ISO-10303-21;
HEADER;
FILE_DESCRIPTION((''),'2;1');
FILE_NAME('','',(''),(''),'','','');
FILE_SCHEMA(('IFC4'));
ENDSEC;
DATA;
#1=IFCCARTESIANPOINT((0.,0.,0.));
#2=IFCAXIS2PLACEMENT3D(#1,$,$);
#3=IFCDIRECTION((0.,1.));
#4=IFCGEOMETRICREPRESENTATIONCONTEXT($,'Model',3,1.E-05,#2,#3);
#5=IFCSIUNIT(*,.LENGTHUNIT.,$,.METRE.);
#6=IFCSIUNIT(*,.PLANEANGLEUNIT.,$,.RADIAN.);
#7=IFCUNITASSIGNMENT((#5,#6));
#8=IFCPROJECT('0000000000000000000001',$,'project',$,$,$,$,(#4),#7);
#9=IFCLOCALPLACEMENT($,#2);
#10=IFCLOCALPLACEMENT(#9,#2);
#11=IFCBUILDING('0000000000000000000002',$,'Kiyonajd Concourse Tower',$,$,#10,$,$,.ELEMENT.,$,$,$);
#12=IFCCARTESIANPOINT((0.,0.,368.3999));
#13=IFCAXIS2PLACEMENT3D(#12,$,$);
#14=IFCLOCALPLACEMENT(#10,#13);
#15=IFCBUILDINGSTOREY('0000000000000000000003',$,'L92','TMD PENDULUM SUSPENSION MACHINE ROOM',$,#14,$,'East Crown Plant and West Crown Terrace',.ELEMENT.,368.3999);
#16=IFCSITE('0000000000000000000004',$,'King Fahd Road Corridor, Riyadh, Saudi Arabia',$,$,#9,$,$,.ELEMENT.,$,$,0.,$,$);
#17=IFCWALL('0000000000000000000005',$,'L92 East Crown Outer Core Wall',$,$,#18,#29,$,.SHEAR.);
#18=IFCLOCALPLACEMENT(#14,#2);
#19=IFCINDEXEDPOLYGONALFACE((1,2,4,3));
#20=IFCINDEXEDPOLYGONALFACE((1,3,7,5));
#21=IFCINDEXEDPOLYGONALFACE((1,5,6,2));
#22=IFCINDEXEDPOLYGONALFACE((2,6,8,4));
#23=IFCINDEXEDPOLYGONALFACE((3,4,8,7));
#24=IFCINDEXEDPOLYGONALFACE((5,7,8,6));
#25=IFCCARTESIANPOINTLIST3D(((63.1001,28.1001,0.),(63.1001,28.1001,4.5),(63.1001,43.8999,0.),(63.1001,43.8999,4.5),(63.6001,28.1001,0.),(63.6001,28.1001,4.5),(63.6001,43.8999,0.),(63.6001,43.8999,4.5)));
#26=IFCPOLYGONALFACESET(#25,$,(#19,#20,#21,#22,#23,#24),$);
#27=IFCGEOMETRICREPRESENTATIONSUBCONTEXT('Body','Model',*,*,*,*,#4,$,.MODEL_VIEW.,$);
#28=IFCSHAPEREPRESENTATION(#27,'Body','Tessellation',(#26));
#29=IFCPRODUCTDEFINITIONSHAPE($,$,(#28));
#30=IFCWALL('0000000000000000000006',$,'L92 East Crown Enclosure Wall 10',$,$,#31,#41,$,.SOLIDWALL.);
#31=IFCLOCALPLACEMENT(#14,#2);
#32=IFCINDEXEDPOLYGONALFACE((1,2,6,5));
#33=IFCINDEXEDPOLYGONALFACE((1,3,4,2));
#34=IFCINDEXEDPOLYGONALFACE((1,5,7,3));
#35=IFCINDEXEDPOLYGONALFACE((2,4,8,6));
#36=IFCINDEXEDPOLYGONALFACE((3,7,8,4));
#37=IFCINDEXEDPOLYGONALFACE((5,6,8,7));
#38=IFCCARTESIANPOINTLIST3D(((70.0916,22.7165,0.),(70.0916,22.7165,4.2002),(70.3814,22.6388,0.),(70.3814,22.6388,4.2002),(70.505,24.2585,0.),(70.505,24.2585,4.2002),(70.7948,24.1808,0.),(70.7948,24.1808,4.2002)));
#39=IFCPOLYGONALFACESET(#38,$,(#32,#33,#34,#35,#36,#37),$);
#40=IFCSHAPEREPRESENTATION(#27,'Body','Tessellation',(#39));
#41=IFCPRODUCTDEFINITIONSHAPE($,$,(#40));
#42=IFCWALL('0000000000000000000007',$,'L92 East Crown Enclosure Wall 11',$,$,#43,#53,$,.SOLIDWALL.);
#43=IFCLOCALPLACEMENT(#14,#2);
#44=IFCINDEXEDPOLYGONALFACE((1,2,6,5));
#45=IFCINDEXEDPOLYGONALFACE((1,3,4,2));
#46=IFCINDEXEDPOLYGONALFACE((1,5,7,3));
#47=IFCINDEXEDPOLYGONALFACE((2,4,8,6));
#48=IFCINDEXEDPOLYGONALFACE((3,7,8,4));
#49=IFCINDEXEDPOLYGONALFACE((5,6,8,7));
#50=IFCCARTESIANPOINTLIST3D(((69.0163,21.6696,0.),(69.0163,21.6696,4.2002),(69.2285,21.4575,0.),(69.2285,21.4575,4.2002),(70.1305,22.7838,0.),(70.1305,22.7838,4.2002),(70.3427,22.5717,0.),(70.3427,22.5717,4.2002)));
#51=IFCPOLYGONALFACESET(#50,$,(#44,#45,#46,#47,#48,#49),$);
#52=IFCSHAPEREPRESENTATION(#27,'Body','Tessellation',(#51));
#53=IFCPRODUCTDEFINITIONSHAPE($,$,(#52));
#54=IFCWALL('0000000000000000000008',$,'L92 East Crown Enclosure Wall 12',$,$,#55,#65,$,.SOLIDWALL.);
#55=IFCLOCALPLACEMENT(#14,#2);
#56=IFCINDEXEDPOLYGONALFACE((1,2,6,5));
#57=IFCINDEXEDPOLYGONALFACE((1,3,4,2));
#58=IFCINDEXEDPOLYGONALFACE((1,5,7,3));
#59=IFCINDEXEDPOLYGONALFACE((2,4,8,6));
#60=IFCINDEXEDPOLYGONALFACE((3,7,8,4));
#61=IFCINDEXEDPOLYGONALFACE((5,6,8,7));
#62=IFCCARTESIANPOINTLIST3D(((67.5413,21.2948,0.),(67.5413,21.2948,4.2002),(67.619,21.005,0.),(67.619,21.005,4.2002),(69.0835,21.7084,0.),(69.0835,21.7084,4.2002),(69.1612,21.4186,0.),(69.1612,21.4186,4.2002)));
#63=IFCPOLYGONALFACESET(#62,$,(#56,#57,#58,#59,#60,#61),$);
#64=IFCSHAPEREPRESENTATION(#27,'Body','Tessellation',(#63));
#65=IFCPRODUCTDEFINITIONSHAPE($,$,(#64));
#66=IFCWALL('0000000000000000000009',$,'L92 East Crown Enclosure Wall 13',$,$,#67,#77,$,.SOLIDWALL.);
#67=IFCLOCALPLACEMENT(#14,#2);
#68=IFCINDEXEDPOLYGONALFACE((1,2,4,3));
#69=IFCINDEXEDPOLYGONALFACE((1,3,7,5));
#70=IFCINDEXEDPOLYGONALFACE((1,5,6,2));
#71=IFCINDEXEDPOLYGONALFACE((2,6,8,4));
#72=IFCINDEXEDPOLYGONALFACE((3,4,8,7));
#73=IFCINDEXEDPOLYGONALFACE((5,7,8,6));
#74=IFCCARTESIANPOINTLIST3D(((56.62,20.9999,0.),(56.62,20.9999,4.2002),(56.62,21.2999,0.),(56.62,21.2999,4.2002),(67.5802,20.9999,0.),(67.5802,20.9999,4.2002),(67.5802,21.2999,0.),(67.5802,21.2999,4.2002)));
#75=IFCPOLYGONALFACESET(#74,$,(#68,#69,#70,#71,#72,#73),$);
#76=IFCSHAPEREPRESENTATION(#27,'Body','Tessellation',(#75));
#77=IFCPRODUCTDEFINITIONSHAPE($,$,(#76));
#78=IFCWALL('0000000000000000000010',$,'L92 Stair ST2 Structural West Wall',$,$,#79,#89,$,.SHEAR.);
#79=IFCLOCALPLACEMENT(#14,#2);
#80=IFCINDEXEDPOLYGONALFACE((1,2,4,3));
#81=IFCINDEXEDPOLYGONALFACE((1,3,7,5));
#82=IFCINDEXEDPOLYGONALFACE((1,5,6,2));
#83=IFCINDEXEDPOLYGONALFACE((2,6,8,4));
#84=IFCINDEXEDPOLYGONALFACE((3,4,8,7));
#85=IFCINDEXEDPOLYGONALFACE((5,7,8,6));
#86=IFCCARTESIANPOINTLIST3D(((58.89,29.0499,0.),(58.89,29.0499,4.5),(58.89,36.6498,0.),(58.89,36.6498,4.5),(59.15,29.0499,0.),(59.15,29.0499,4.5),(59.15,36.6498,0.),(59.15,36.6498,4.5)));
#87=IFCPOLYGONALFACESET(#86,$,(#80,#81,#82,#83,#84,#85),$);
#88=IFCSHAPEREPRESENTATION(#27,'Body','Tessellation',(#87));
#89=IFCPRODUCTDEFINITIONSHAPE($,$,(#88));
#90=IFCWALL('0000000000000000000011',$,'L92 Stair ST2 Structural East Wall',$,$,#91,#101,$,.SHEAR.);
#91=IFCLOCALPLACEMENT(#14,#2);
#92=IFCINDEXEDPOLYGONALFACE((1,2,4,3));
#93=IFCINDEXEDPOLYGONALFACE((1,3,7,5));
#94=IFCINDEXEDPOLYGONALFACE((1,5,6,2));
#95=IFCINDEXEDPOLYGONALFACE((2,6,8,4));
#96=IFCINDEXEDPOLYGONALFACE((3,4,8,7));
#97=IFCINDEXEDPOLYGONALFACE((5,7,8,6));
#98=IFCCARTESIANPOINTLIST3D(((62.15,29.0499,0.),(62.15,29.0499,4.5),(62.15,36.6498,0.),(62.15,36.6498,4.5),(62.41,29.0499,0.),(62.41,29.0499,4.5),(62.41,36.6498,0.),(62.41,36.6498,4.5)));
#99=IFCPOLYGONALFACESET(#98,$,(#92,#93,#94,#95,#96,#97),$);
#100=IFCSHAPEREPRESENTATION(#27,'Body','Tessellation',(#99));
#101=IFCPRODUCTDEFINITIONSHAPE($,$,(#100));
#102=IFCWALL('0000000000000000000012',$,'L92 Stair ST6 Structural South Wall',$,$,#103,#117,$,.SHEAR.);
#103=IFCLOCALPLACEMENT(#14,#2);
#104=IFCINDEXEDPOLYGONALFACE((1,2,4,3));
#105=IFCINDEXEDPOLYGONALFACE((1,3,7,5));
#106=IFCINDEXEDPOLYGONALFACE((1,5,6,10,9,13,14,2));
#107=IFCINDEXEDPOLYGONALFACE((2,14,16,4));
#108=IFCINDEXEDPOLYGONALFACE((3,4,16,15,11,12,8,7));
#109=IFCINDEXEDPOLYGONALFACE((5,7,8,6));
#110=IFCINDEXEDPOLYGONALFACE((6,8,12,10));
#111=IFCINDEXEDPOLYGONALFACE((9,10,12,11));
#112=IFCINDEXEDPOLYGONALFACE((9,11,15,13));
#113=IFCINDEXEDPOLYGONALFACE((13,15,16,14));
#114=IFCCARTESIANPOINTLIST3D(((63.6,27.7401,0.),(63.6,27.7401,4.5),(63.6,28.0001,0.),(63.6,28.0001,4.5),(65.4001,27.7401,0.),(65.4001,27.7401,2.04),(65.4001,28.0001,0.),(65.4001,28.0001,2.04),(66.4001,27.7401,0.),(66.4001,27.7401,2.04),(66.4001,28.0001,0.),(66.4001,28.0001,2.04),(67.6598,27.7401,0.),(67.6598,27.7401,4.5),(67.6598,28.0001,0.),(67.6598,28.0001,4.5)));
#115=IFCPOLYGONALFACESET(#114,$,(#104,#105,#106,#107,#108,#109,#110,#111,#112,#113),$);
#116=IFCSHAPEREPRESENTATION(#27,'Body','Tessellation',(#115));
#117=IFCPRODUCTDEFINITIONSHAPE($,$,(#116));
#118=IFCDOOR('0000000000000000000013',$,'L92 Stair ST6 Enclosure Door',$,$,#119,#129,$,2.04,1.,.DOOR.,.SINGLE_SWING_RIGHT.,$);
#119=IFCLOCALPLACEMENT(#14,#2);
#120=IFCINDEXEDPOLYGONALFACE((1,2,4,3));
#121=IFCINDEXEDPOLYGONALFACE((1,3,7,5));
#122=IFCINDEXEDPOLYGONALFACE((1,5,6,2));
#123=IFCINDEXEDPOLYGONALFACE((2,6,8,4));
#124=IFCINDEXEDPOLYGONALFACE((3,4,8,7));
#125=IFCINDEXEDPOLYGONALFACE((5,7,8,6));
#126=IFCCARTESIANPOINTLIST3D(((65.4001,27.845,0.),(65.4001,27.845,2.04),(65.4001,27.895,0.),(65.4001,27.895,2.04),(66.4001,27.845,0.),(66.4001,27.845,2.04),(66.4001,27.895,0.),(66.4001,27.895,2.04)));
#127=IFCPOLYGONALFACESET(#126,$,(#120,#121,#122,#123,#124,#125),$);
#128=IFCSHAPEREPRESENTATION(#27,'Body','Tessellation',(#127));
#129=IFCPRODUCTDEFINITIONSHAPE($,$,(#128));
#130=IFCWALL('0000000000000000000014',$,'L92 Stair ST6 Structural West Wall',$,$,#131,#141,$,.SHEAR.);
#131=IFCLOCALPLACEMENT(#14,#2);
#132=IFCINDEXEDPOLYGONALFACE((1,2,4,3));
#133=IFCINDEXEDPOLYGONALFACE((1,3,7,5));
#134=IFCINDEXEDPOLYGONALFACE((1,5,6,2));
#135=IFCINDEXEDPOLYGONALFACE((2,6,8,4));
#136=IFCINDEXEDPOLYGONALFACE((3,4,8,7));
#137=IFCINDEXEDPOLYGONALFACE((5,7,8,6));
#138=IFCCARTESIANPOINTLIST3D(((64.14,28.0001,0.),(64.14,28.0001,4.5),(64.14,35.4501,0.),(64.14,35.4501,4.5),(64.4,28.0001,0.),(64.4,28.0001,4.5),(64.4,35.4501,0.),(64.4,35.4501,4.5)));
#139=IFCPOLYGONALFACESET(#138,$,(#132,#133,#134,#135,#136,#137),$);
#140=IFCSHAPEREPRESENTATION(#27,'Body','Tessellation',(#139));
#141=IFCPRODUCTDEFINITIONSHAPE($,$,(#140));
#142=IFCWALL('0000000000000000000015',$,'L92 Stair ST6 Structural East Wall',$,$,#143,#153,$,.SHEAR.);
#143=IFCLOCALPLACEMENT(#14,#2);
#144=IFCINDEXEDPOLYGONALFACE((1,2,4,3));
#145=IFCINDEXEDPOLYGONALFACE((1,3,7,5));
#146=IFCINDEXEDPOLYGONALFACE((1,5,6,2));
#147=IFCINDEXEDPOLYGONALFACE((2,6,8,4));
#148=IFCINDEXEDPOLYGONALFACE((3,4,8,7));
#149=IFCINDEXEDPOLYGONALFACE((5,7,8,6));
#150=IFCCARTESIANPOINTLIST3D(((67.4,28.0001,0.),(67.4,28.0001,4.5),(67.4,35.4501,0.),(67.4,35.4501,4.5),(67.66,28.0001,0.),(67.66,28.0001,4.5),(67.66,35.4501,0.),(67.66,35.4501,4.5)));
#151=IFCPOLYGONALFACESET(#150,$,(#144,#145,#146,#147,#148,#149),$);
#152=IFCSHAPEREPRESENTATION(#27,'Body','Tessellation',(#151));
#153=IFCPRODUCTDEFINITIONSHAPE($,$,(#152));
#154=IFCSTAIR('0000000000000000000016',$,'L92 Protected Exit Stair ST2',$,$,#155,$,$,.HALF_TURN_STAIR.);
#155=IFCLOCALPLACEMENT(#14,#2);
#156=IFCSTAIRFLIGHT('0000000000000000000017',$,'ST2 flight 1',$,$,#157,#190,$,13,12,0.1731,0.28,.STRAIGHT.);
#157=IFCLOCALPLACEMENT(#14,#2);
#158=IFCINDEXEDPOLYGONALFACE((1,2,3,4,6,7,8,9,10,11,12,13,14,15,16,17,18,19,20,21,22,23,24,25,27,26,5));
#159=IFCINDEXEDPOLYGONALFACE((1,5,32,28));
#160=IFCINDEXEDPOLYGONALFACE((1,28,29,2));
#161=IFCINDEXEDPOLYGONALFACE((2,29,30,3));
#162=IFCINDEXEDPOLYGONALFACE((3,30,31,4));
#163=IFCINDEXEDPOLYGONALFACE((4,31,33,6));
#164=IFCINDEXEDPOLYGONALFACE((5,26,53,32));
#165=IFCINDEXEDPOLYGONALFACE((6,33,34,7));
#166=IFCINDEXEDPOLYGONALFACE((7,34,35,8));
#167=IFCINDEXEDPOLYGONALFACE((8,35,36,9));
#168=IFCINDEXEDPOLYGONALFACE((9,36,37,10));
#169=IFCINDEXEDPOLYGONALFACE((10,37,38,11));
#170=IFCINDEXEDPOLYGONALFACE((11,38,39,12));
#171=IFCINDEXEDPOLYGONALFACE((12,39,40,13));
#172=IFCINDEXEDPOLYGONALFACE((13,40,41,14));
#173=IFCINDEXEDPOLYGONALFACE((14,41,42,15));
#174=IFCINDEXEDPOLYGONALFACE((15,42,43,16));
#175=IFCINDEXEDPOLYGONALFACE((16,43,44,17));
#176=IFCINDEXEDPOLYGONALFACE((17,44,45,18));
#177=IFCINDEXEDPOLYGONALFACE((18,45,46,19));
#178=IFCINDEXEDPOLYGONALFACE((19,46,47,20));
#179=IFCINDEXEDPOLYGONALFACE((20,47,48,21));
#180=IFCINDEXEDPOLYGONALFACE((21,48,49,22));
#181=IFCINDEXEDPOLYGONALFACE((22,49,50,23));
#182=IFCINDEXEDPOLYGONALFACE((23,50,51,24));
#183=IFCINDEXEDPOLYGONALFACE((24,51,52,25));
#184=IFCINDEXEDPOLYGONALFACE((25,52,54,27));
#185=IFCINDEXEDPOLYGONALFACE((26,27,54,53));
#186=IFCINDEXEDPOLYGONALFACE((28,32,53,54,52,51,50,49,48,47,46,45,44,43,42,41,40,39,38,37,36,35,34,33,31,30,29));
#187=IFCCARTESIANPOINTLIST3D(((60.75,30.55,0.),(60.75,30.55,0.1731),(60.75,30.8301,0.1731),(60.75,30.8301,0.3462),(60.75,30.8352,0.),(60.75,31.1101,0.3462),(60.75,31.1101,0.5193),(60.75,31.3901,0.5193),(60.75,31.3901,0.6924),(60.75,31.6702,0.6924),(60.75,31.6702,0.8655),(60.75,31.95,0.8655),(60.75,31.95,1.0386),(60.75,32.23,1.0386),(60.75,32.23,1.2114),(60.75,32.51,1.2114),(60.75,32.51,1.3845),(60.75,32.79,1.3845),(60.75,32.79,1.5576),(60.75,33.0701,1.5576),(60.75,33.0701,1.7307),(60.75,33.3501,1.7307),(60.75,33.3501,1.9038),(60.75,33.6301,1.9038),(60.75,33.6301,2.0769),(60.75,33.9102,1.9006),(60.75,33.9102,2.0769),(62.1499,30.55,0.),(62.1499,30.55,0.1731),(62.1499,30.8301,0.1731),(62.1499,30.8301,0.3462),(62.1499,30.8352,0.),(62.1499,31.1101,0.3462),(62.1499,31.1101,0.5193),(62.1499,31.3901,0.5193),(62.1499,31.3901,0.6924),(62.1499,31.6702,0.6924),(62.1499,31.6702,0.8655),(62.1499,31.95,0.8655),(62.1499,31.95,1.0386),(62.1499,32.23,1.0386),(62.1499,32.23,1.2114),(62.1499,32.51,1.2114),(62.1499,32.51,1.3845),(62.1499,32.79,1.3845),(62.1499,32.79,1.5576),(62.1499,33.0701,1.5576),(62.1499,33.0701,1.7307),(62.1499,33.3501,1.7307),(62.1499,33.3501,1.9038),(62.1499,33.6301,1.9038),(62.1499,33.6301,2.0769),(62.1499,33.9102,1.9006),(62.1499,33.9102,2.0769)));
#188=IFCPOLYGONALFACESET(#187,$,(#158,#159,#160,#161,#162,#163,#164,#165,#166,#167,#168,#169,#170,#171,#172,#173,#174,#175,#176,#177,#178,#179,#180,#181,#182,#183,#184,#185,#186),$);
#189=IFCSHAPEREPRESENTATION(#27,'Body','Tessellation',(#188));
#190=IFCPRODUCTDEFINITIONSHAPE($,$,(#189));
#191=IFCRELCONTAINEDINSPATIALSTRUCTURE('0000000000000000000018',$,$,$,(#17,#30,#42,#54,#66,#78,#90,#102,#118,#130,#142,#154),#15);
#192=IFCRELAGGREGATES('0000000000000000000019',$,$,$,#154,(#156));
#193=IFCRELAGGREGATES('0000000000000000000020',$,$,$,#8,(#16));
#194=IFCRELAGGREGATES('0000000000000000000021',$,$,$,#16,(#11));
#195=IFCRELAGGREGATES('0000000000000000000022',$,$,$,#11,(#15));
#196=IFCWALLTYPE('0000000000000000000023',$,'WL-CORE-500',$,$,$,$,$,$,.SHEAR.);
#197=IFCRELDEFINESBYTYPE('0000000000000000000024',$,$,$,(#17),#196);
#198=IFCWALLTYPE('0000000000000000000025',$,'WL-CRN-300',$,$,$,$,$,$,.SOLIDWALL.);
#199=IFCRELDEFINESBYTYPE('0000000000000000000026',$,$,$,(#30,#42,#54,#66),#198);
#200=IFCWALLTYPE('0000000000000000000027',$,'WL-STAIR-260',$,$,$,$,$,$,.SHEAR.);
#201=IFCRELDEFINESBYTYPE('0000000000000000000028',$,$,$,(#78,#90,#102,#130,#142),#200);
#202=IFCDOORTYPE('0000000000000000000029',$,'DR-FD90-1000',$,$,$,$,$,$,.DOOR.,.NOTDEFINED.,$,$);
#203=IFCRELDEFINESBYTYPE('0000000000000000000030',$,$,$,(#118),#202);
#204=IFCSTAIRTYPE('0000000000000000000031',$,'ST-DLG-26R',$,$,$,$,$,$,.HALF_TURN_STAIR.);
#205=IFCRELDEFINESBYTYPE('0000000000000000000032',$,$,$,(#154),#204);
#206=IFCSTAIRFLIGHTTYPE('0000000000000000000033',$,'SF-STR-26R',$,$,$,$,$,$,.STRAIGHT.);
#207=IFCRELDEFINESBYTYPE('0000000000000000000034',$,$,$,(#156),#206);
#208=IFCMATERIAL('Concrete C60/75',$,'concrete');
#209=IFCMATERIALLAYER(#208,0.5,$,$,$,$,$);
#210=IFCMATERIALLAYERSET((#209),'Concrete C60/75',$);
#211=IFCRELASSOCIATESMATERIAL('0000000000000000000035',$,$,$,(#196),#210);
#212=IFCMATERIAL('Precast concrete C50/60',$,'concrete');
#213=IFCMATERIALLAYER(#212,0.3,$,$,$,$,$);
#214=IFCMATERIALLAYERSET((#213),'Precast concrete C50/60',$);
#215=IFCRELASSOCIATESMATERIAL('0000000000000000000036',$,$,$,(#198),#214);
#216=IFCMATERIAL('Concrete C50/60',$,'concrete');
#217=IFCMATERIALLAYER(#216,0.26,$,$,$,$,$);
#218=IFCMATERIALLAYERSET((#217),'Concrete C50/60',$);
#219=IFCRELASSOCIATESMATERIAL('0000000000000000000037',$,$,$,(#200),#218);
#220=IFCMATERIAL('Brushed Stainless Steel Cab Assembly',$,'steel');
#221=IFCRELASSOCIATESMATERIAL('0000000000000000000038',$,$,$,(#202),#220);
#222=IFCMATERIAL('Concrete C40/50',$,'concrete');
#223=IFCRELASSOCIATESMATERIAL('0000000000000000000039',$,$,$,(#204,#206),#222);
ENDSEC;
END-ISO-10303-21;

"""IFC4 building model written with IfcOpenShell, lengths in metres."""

from ifc_helpers import new_model, si_unit, direction, frame, frame_2d, origin, place, context, subcontext, project, spatial, polyline, rectangle, outline, extrude, material, layer, layer_set, type_object, element, fill, aggregate, save


model = new_model("IFC4")

# Units and contexts
model_context = context("Model", 3, precision=1e-05, world=origin(), true_north=direction((0.0, 1.0)))
body_context = subcontext(model_context, "Body", "Model", "MODEL_VIEW")
ifc_project = project(units=[si_unit("LENGTHUNIT", "METRE"), si_unit("PLANEANGLEUNIT", "RADIAN")], contexts=[model_context])

# Site, building, storey
site_placement = place(None, origin())
site = spatial("IfcSite", under=ifc_project, at=site_placement, Name="King Fahd Road Corridor, Riyadh, Saudi Arabia", CompositionType="ELEMENT", RefElevation=0.0)
building_placement = place(site_placement, origin())
building = spatial("IfcBuilding", under=site, at=building_placement, Name="Kiyonajd Concourse Tower", CompositionType="ELEMENT")
storey_placement = place(building_placement, frame((0.0, 0.0, 368.3999)))
storey = spatial("IfcBuildingStorey", under=building, at=storey_placement, Name="L92", Description="TMD PENDULUM SUSPENSION MACHINE ROOM", LongName="East Crown Plant and West Crown Terrace", CompositionType="ELEMENT", Elevation=368.3999)

# Shared definitions
ifc_material_1 = material(Name="Concrete C50/60", Category="concrete")

# Walls
ifc_material_2 = material(Name="Concrete C60/75", Category="concrete")
ifc_layer_1 = layer(ifc_material_2, 0.5)
ifc_layer_set_1 = layer_set([ifc_layer_1], Name="Concrete C60/75")
wall_type_1 = type_object("IfcWallType", Name="WL-CORE-500", PredefinedType="SHEAR", material=ifc_layer_set_1)
wall_1_placement = place(storey_placement, frame((63.3501, 28.1001, 0.0), z_axis=(0.0, 0.0, 1.0), x_axis=(0.0, 1.0, 0.0)))
element("IfcWall", 1, at=wall_1_placement, inside=storey, type_object=wall_type_1, Name="L92 East Crown Outer Core Wall", PredefinedType="SHEAR", context=body_context, shape_type="SweptSolid", body=[
    extrude(rectangle(XDim=15.7998, YDim=0.5, at=frame_2d((7.8999, 0.0))), origin(), (0.0, 0.0, 1.0), 4.5),
])
ifc_material_3 = material(Name="Precast concrete C50/60", Category="concrete")
ifc_layer_2 = layer(ifc_material_3, 0.3)
ifc_layer_set_2 = layer_set([ifc_layer_2], Name="Precast concrete C50/60")
wall_type_2 = type_object("IfcWallType", Name="WL-CRN-300", PredefinedType="SOLIDWALL", material=ifc_layer_set_2)
wall_2_placement = place(storey_placement, frame((70.6499, 24.2197, 0.0), z_axis=(0.0, 0.0, 1.0), x_axis=(-0.258909, -0.965902, 0.0)))
element("IfcWall", 2, at=wall_2_placement, inside=storey, type_object=wall_type_2, Name="L92 East Crown Enclosure Wall 10", PredefinedType="SOLIDWALL", context=body_context, shape_type="SweptSolid", body=[
    extrude(rectangle(XDim=1.5964, YDim=0.3, at=frame_2d((0.7983, 0.0))), origin(), (0.0, 0.0, 1.0), 4.2002),
])
wall_3_placement = place(storey_placement, frame((70.2366, 22.6777, 0.0), z_axis=(0.0, 0.0, 1.0), x_axis=(-0.707107, -0.707107, 0.0)))
element("IfcWall", 3, at=wall_3_placement, inside=storey, type_object=wall_type_2, Name="L92 East Crown Enclosure Wall 11", PredefinedType="SOLIDWALL", context=body_context, shape_type="SweptSolid", body=[
    extrude(rectangle(XDim=1.5757, YDim=0.3, at=frame_2d((0.7878, 0.0))), origin(), (0.0, 0.0, 1.0), 4.2002),
])
wall_4_placement = place(storey_placement, frame((69.1223, 21.5635, 0.0), z_axis=(0.0, 0.0, 1.0), x_axis=(-0.965874, -0.259014, 0.0)))
element("IfcWall", 4, at=wall_4_placement, inside=storey, type_object=wall_type_2, Name="L92 East Crown Enclosure Wall 12", PredefinedType="SOLIDWALL", context=body_context, shape_type="SweptSolid", body=[
    extrude(rectangle(XDim=1.5967, YDim=0.3, at=frame_2d((0.7983, 0.0))), origin(), (0.0, 0.0, 1.0), 4.2002),
])
wall_5_placement = place(storey_placement, frame((67.5801, 21.1499, 0.0), z_axis=(0.0, 0.0, 1.0), x_axis=(-1.0, 0.0, 0.0)))
element("IfcWall", 5, at=wall_5_placement, inside=storey, type_object=wall_type_2, Name="L92 East Crown Enclosure Wall 13", PredefinedType="SOLIDWALL", context=body_context, shape_type="SweptSolid", body=[
    extrude(rectangle(XDim=10.9602, YDim=0.3, at=frame_2d((5.48, 0.0))), origin(), (0.0, 0.0, 1.0), 4.2002),
])
ifc_layer_3 = layer(ifc_material_1, 0.26)
ifc_layer_set_3 = layer_set([ifc_layer_3], Name="Concrete C50/60")
wall_type_3 = type_object("IfcWallType", Name="WL-STAIR-260", PredefinedType="SHEAR", material=ifc_layer_set_3)
for number, where, z_axis, x_axis, name in (
    (6, (59.02, 29.05, 0.0), (0.0, 0.0, 1.0), (0.0, 1.0, 0.0), "L92 Stair ST2 Structural West Wall"),
    (7, (62.28, 29.05, 0.0), (0.0, 0.0, 1.0), (0.0, 1.0, 0.0), "L92 Stair ST2 Structural East Wall"),
):
    element("IfcWall", number, at=place(storey_placement, frame(where, z_axis=z_axis, x_axis=x_axis)), inside=storey, type_object=wall_type_3, Name=name, PredefinedType="SHEAR", context=body_context, shape_type="SweptSolid", body=[
        extrude(rectangle(XDim=7.5999, YDim=0.26, at=frame_2d((3.7998, 0.0))), origin(), (0.0, 0.0, 1.0), 4.5),
    ])

# Wall, opening, door
wall_6_placement = place(storey_placement, frame((63.6001, 27.8701, 0.0), z_axis=(0.0, 0.0, 1.0), x_axis=(1.0, 0.0, 0.0)))
wall_6 = element("IfcWall", 8, at=wall_6_placement, inside=storey, type_object=wall_type_3, Name="L92 Stair ST6 Structural South Wall", PredefinedType="SHEAR", context=body_context, shape_type="SweptSolid", body=[
    extrude(rectangle(XDim=4.0598, YDim=0.26, at=frame_2d((2.0298, 0.0))), origin(), (0.0, 0.0, 1.0), 4.5),
])
opening_placement = place(wall_6_placement, frame((1.8, 0.0, 0.0)))
opening = element("IfcOpeningElement", 9, at=opening_placement, cuts=wall_6, PredefinedType="OPENING", context=body_context, shape_type="SweptSolid", body=[
    extrude(rectangle(XDim=1.0, YDim=2.04, at=frame_2d((0.5, 1.02))), frame((0.0, 0.1399, 0.0), z_axis=(0.0, -1.0, 0.0), x_axis=(1.0, 0.0, 0.0)), (0.0, 0.0, 1.0), 0.28),
])
ifc_material_4 = material(Name="Brushed Stainless Steel Cab Assembly", Category="steel")
door_type = type_object("IfcDoorType", Name="DR-FD90-1000", OperationType="NOTDEFINED", PredefinedType="DOOR", material=ifc_material_4)
door_placement = place(opening_placement, origin())
door = element("IfcDoor", 10, at=door_placement, inside=storey, type_object=door_type, Name="L92 Stair ST6 Enclosure Door", OperationType="SINGLE_SWING_RIGHT", OverallHeight=2.04, OverallWidth=1.0, PredefinedType="DOOR", context=body_context, shape_type="SweptSolid", body=[
    extrude(rectangle(XDim=1.0, YDim=2.04, at=frame_2d((0.5, 1.02))), frame((0.0, 0.0249, 0.0), z_axis=(0.0, -1.0, 0.0), x_axis=(1.0, 0.0, 0.0)), (0.0, 0.0, 1.0), 0.05),
])
fill(opening, door)

# Walls
for number, where, z_axis, x_axis, name in (
    (11, (64.27, 28.0, 0.0), (0.0, 0.0, 1.0), (0.0, 1.0, 0.0), "L92 Stair ST6 Structural West Wall"),
    (12, (67.53, 28.0, 0.0), (0.0, 0.0, 1.0), (0.0, 1.0, 0.0), "L92 Stair ST6 Structural East Wall"),
):
    element("IfcWall", number, at=place(storey_placement, frame(where, z_axis=z_axis, x_axis=x_axis)), inside=storey, type_object=wall_type_3, Name=name, PredefinedType="SHEAR", context=body_context, shape_type="SweptSolid", body=[
        extrude(rectangle(XDim=7.45, YDim=0.26, at=frame_2d((3.7251, 0.0))), origin(), (0.0, 0.0, 1.0), 4.5),
    ])

# Stair, stair flight
ifc_material_5 = material(Name="Concrete C40/50", Category="concrete")
stair_type = type_object("IfcStairType", Name="ST-DLG-26R", PredefinedType="HALF_TURN_STAIR", material=ifc_material_5)
stair_1_placement = place(storey_placement, origin())
stair_1 = element("IfcStair", 13, at=stair_1_placement, inside=storey, type_object=stair_type, Name="L92 Protected Exit Stair ST2", PredefinedType="HALF_TURN_STAIR")
stair_flight_type = type_object("IfcStairFlightType", Name="SF-STR-26R", PredefinedType="STRAIGHT", material=ifc_material_5)
stair_flight_1_placement = place(storey_placement, frame((61.45, 30.55, 0.0), z_axis=(0.0, 0.0, 1.0), x_axis=(0.0, 1.0, 0.0)))
stair_flight_1 = element("IfcStairFlight", 14, at=stair_flight_1_placement, type_object=stair_flight_type, Name="ST2 flight 1", NumberOfRisers=13, NumberOfTreads=12, PredefinedType="STRAIGHT", RiserHeight=0.1731, TreadLength=0.28, context=body_context, shape_type="SweptSolid", body=[
    extrude(outline(polyline([(0.0, 0.0), (0.0, 0.1731), (0.28, 0.1731), (0.28, 0.3462), (0.5601, 0.3462), (0.5601, 0.5193), (0.8401, 0.5193), (0.8401, 0.6924), (1.1201, 0.6924), (1.1201, 0.8655), (1.3999, 0.8655), (1.3999, 1.0386), (1.6799, 1.0386), (1.6799, 1.2114), (1.96, 1.2114), (1.96, 1.3845), (2.24, 1.3845), (2.24, 1.5576), (2.52, 1.5576), (2.52, 1.7307), (2.8, 1.7307), (2.8, 1.9038), (3.0801, 1.9038), (3.0801, 2.0769), (3.3601, 2.0769), (3.3601, 2.25), (3.3601, 1.9006), (0.2852, 0.0), (0.0, 0.0)])), frame((0.0, 0.7, 0.0), z_axis=(0.0, -1.0, 0.0), x_axis=(1.0, 0.0, 0.0)), (0.0, 0.0, 1.0), 1.3999),
])
aggregate(stair_1, [stair_flight_1])

save(model, "model.ifc")
